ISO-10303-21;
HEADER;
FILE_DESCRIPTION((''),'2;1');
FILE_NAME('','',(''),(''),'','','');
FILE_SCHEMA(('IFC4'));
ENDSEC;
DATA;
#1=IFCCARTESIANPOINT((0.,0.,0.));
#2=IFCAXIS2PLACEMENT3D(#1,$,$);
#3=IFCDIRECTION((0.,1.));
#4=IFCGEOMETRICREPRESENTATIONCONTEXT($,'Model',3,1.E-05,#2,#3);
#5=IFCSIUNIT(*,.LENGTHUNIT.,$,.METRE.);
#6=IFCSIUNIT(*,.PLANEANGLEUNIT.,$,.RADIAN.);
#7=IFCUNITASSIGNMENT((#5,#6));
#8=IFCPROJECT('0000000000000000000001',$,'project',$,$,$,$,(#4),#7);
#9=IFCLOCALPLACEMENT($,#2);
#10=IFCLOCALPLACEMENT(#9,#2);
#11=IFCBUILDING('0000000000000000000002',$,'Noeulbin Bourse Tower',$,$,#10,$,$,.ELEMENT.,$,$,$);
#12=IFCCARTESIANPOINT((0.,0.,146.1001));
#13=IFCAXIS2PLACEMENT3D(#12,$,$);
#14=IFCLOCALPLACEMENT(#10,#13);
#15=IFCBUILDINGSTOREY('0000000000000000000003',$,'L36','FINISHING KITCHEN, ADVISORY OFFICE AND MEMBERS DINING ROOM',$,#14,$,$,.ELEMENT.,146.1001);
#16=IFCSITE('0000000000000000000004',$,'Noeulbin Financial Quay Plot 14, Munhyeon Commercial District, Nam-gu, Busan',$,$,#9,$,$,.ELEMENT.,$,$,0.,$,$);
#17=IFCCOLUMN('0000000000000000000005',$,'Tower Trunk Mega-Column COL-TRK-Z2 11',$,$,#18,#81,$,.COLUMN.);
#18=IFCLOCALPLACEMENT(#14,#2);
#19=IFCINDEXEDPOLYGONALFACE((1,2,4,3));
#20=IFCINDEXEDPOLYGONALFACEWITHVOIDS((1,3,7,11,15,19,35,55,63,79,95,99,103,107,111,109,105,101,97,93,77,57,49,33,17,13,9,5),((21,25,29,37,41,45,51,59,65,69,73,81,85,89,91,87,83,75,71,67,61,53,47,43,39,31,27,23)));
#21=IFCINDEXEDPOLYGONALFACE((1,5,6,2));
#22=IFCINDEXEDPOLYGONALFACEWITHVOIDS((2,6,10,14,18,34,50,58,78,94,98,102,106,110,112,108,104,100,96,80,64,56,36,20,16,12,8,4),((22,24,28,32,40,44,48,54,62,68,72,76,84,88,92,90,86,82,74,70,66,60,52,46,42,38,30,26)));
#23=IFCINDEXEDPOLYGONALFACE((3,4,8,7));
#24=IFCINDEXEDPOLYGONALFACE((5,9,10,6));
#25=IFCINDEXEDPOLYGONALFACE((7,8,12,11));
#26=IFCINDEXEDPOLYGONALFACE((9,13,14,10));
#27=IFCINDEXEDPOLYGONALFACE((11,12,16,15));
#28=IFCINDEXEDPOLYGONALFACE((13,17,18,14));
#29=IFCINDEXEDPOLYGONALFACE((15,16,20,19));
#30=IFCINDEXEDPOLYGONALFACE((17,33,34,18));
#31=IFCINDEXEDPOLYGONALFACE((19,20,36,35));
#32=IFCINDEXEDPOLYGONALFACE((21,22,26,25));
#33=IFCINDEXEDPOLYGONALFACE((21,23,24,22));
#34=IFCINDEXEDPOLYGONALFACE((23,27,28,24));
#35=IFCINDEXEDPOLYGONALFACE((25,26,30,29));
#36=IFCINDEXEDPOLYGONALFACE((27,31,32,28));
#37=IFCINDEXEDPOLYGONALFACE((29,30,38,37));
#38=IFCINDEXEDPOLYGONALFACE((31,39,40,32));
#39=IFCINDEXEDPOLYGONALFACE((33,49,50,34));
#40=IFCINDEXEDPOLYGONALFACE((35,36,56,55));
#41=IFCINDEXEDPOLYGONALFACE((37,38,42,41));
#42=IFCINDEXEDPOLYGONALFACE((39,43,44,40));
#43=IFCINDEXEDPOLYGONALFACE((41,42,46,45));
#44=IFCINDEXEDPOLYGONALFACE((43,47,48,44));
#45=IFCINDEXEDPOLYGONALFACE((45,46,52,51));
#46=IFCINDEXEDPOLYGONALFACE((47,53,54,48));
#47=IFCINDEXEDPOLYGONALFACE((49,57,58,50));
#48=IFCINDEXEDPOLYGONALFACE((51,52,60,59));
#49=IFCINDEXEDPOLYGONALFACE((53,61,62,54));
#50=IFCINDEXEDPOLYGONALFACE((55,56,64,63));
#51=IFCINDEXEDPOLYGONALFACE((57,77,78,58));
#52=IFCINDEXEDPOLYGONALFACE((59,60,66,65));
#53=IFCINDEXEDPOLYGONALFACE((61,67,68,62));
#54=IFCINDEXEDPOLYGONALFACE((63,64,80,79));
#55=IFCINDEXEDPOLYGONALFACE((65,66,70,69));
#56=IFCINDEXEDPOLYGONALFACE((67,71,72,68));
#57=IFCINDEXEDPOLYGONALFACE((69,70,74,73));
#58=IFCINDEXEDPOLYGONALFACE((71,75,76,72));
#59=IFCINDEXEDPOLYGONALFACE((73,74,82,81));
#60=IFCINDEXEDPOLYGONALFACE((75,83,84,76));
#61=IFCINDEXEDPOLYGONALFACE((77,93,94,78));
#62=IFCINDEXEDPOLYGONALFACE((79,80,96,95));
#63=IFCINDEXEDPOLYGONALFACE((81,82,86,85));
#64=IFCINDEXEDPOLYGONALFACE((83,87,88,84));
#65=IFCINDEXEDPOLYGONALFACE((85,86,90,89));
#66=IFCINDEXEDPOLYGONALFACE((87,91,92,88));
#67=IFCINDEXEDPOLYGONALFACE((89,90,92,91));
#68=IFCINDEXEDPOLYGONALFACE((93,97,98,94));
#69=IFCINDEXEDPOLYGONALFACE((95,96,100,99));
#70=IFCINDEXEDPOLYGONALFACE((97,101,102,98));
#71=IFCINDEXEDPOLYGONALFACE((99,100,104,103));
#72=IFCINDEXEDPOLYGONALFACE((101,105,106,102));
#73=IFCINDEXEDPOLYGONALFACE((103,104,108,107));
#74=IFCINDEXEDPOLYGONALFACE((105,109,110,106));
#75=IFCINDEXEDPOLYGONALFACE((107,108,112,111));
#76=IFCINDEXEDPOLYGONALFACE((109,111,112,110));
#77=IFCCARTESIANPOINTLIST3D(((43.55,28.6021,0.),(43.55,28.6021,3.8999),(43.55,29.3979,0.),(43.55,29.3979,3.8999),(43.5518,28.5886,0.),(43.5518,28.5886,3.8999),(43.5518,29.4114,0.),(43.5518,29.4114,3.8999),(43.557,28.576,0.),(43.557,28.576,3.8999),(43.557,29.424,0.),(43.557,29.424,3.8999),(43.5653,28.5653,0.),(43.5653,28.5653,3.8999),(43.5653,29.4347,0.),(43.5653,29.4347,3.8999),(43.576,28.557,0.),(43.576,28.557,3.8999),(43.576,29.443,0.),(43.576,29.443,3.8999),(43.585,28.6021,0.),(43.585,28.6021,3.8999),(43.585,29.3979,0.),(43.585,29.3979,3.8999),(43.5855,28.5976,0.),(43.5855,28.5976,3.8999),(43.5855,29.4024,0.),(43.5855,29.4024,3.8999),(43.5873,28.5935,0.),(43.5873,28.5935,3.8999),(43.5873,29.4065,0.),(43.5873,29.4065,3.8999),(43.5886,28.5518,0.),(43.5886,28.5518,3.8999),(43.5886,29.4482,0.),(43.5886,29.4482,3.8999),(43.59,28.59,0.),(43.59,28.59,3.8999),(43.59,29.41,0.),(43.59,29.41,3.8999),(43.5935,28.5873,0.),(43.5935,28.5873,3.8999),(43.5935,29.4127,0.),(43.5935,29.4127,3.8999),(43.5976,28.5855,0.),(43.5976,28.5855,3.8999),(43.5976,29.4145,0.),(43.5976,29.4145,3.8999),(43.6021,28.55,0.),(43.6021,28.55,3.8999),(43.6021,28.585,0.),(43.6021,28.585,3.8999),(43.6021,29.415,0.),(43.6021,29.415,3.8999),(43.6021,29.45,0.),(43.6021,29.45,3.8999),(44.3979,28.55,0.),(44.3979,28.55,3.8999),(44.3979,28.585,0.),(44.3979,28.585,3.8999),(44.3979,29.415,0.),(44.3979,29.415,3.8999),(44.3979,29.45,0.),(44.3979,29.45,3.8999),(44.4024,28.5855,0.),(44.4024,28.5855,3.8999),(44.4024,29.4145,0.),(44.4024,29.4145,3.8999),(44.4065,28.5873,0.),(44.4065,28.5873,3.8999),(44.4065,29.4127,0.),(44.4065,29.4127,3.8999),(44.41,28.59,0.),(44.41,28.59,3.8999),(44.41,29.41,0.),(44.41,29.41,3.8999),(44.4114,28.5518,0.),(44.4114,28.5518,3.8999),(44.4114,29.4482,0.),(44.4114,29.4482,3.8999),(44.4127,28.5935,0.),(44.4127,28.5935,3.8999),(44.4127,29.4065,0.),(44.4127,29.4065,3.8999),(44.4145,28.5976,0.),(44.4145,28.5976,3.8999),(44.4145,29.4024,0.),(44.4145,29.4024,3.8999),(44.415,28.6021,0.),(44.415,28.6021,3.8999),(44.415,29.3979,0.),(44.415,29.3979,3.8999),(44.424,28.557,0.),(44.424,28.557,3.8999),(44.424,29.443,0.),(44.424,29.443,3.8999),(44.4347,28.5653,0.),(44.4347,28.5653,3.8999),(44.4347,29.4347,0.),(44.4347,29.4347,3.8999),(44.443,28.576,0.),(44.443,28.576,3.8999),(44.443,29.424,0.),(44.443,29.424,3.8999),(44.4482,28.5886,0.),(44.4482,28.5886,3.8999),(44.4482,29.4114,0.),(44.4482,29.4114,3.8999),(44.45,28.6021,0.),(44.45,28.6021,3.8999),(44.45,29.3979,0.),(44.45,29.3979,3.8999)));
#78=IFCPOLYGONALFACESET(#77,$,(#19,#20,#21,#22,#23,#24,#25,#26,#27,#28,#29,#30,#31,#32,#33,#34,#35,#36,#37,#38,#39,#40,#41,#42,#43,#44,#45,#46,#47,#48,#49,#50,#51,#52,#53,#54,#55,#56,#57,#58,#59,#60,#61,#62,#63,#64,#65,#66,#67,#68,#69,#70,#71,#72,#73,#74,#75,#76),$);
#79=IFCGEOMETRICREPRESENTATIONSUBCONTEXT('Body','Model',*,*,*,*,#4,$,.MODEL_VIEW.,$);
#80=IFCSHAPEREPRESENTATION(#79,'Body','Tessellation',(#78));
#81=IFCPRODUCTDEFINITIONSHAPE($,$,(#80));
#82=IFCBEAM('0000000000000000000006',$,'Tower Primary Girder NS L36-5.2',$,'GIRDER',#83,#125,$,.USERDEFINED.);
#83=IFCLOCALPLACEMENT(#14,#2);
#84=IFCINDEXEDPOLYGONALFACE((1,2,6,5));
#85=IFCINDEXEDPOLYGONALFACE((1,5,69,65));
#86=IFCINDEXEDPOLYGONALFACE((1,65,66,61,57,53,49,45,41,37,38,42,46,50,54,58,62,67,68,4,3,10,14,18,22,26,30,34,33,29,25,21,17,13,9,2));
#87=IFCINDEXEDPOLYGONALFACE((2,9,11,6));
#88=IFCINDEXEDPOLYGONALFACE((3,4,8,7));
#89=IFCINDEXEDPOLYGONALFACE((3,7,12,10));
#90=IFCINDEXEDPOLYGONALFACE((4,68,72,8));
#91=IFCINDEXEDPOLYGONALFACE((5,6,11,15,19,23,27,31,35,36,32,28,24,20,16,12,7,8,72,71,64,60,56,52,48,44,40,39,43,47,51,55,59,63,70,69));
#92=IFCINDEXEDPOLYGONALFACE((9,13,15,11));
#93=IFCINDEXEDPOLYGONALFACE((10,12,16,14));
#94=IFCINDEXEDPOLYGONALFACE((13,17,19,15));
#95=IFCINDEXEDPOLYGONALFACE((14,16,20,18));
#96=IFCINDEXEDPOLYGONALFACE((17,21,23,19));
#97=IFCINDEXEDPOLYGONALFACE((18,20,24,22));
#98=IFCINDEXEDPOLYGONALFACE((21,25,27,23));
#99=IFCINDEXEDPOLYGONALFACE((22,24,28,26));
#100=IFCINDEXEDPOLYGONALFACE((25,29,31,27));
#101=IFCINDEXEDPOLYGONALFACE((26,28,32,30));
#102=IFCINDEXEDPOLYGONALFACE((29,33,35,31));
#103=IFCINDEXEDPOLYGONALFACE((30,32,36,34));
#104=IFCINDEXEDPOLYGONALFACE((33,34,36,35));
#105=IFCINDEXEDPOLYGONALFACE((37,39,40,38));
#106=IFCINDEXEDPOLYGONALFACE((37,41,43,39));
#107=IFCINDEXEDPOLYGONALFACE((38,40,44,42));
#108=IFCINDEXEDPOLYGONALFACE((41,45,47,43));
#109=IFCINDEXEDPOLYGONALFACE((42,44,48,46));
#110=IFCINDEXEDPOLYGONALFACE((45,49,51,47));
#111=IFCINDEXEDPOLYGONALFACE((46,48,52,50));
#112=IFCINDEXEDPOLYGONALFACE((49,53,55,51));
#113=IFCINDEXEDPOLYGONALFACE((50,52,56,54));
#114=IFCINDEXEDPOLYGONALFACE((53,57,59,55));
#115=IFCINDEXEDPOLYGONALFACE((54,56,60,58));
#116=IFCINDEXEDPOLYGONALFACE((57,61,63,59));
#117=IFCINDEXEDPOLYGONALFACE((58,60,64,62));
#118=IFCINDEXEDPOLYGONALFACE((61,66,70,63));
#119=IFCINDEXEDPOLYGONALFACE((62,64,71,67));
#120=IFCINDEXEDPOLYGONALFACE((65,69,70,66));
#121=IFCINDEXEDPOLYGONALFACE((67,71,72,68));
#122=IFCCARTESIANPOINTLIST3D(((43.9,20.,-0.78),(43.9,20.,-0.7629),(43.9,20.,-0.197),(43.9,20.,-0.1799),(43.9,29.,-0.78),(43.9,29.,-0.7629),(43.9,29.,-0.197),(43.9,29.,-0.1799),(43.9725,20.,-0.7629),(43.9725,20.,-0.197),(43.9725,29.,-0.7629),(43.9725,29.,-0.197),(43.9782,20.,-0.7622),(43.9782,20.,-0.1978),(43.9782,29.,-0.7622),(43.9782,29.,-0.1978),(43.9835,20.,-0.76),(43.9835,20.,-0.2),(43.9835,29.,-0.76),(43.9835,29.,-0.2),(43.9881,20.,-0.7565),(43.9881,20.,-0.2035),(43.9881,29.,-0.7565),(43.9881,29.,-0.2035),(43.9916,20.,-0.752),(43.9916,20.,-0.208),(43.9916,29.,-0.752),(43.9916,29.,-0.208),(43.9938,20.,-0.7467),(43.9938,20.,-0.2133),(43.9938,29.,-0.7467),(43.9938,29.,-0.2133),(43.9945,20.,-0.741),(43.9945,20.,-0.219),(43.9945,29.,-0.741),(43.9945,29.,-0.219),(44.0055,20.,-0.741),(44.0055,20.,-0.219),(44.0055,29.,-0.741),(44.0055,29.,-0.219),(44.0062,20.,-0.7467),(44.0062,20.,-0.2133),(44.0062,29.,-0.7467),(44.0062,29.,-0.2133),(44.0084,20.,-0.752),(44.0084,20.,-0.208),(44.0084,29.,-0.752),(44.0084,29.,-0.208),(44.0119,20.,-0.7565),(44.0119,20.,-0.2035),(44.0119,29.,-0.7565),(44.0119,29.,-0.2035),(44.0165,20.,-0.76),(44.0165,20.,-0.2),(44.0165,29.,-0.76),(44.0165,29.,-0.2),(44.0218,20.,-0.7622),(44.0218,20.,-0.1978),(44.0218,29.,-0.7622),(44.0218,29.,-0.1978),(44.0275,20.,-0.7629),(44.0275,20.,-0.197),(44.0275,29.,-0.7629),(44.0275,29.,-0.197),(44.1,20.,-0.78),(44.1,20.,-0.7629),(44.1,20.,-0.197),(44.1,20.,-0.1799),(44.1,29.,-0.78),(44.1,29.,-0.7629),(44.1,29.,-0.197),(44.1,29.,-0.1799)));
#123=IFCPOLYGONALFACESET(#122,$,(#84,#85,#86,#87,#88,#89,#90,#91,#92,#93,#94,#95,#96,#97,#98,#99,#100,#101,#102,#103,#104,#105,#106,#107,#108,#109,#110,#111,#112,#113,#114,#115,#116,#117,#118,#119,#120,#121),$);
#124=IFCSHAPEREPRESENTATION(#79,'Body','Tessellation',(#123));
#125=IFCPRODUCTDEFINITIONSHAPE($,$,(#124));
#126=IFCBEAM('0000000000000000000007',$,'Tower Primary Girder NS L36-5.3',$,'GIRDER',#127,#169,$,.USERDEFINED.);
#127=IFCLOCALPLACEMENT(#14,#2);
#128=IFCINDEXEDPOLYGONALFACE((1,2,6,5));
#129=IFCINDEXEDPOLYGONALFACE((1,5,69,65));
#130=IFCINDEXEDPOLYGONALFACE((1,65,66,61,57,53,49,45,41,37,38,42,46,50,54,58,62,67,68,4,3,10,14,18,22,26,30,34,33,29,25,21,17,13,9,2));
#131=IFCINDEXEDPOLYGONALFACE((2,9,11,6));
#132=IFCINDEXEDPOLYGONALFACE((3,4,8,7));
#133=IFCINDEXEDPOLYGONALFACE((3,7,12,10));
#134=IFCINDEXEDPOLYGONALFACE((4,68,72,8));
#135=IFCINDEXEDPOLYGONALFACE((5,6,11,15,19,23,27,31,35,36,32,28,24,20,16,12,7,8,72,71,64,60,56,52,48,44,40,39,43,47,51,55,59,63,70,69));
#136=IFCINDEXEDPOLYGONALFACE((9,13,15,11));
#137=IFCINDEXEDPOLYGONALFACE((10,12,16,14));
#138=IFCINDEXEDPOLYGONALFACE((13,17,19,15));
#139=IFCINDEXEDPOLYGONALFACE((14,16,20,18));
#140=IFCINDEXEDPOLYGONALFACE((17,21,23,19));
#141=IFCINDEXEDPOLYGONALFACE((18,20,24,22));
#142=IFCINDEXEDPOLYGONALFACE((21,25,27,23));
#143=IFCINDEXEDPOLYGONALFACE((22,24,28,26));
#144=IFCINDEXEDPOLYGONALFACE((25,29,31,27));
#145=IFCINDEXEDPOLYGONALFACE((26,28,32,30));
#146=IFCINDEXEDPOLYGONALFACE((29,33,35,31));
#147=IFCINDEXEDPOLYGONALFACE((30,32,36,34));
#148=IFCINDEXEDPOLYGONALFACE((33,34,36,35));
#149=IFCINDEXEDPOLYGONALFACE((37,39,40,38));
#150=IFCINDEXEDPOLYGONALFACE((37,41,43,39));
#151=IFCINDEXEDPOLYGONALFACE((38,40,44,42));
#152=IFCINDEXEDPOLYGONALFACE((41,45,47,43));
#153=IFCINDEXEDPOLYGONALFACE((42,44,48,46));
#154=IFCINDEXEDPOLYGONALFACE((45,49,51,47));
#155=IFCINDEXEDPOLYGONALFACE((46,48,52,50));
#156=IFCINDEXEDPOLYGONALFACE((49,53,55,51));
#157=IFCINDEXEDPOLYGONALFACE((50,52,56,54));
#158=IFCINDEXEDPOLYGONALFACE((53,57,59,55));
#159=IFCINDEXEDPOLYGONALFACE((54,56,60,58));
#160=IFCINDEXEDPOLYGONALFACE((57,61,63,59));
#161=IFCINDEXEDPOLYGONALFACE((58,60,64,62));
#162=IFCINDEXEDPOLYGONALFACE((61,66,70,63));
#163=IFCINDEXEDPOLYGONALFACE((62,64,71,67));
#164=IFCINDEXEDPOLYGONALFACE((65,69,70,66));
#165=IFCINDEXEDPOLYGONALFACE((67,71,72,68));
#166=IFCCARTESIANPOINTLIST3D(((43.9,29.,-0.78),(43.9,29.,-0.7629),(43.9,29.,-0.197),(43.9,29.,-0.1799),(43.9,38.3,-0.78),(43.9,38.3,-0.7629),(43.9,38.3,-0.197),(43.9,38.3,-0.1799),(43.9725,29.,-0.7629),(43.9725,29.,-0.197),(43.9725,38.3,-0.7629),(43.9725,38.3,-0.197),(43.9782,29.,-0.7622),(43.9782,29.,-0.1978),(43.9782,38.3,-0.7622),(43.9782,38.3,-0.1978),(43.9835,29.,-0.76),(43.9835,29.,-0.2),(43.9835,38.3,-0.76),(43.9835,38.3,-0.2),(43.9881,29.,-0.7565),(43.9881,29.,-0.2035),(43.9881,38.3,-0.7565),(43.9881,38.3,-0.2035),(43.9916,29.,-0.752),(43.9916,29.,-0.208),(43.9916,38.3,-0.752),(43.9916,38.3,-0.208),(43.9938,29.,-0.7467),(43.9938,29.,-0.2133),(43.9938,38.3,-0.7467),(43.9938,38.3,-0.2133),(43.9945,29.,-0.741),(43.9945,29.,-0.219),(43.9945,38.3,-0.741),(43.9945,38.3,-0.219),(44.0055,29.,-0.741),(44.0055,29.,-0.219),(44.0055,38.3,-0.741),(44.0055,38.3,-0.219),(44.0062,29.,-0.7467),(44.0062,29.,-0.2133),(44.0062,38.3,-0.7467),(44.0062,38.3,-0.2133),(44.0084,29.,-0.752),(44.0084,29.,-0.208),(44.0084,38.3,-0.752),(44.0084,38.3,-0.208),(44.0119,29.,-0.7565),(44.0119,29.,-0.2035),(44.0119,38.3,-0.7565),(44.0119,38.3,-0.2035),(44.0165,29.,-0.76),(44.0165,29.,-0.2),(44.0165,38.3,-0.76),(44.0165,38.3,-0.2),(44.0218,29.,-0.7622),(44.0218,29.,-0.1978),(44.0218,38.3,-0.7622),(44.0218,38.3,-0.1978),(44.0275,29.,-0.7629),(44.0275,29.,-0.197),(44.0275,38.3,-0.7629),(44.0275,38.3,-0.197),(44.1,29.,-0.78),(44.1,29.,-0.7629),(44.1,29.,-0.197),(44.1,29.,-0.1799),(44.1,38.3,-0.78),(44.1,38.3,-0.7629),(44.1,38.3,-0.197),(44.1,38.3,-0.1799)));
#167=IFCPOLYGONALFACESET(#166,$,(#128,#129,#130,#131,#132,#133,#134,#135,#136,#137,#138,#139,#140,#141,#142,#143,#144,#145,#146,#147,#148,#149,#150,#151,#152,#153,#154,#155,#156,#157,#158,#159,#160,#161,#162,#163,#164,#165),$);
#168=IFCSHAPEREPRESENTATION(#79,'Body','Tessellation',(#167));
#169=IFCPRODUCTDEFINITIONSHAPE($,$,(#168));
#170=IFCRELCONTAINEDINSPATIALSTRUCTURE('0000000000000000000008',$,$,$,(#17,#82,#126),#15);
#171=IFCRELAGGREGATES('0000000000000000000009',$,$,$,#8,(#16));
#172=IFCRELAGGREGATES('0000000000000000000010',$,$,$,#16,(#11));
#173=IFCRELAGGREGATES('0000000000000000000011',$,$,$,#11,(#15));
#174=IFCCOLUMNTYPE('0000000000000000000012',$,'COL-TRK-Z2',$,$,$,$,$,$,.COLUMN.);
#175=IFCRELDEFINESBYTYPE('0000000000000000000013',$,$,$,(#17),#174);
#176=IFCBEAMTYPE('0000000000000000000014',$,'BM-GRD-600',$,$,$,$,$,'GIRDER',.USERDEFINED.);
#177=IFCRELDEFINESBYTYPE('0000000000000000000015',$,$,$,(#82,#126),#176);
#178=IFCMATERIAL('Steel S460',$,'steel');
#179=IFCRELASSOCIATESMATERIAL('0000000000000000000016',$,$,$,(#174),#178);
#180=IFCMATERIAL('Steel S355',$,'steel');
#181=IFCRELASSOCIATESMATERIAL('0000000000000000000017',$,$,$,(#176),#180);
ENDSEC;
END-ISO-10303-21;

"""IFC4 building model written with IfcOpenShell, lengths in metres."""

from ifc_helpers import new_model, si_unit, direction, frame, origin, origin_2d, place, context, subcontext, project, spatial, hollow_rectangle, i_section, extrude, material, material_profile, profile_set, type_object, element, save


model = new_model("IFC4")

# Units and contexts
model_context = context("Model", 3, precision=1e-05, world=origin(), true_north=direction((0.0, 1.0)))
body_context = subcontext(model_context, "Body", "Model", "MODEL_VIEW")
ifc_project = project(units=[si_unit("LENGTHUNIT", "METRE"), si_unit("PLANEANGLEUNIT", "RADIAN")], contexts=[model_context])

# Site, building, storey
site_placement = place(None, origin())
site = spatial("IfcSite", under=ifc_project, at=site_placement, Name="Noeulbin Financial Quay Plot 14, Munhyeon Commercial District, Nam-gu, Busan", CompositionType="ELEMENT", RefElevation=0.0)
building_placement = place(site_placement, origin())
building = spatial("IfcBuilding", under=site, at=building_placement, Name="Noeulbin Bourse Tower", CompositionType="ELEMENT")
storey_placement = place(building_placement, frame((0.0, 0.0, 146.1001)))
storey = spatial("IfcBuildingStorey", under=building, at=storey_placement, Name="L36", Description="FINISHING KITCHEN, ADVISORY OFFICE AND MEMBERS DINING ROOM", CompositionType="ELEMENT", Elevation=146.1001)

# Column
ifc_material_1 = material(Name="Steel S355", Category="steel")
ifc_material_2 = material(Name="Steel S460", Category="steel")
ifc_material_profile_1 = material_profile(ifc_material_2, hollow_rectangle(XDim=0.8999, YDim=0.8999, WallThickness=0.0349, InnerFilletRadius=0.0171, OuterFilletRadius=0.052, at=origin_2d()), Name="BOX-900x900x35", Category="LoadBearing")
ifc_profile_set_1 = profile_set([ifc_material_profile_1], Name="Steel S460")
column_type_1 = type_object("IfcColumnType", Name="COL-TRK-Z2", PredefinedType="COLUMN", material=ifc_profile_set_1)
column_placement = place(storey_placement, frame((44.0, 29.0, 0.0), z_axis=(0.0, 0.0, 1.0), x_axis=(1.0, 0.0, 0.0)))
element("IfcColumn", 1, at=column_placement, inside=storey, type_object=column_type_1, Name="Tower Trunk Mega-Column COL-TRK-Z2 11", PredefinedType="COLUMN", context=body_context, shape_type="SweptSolid", body=[
    extrude(hollow_rectangle(XDim=0.8999, YDim=0.8999, WallThickness=0.0349, InnerFilletRadius=0.0171, OuterFilletRadius=0.052, at=origin_2d()), origin(), (0.0, 0.0, 1.0), 3.8999),
])

# Beams
ifc_material_profile_2 = material_profile(ifc_material_1, i_section(OverallWidth=0.2, OverallDepth=0.6001, WebThickness=0.011, FlangeThickness=0.0171, FilletRadius=0.022, at=origin_2d()), Name="H-600x200x11x17", Category="LoadBearing")
ifc_profile_set_2 = profile_set([ifc_material_profile_2], Name="Steel S355")
beam_type_1 = type_object("IfcBeamType", Name="BM-GRD-600", ElementType="GIRDER", PredefinedType="USERDEFINED", material=ifc_profile_set_2)
beam_1_placement = place(storey_placement, frame((44.0, 20.0, -0.48), z_axis=(0.0, 1.0, 0.0), x_axis=(-1.0, 0.0, 0.0)))
element("IfcBeam", 2, at=beam_1_placement, inside=storey, type_object=beam_type_1, Name="Tower Primary Girder NS L36-5.2", ObjectType="GIRDER", PredefinedType="USERDEFINED", context=body_context, shape_type="SweptSolid", body=[
    extrude(i_section(OverallWidth=0.2, OverallDepth=0.6001, WebThickness=0.011, FlangeThickness=0.0171, FilletRadius=0.022, at=origin_2d()), origin(), (0.0, 0.0, 1.0), 9.0),
])
beam_2_placement = place(storey_placement, frame((44.0, 29.0, -0.48), z_axis=(0.0, 1.0, 0.0), x_axis=(-1.0, 0.0, 0.0)))
element("IfcBeam", 3, at=beam_2_placement, inside=storey, type_object=beam_type_1, Name="Tower Primary Girder NS L36-5.3", ObjectType="GIRDER", PredefinedType="USERDEFINED", context=body_context, shape_type="SweptSolid", body=[
    extrude(i_section(OverallWidth=0.2, OverallDepth=0.6001, WebThickness=0.011, FlangeThickness=0.0171, FilletRadius=0.022, at=origin_2d()), origin(), (0.0, 0.0, 1.0), 9.3),
])

save(model, "model.ifc")
